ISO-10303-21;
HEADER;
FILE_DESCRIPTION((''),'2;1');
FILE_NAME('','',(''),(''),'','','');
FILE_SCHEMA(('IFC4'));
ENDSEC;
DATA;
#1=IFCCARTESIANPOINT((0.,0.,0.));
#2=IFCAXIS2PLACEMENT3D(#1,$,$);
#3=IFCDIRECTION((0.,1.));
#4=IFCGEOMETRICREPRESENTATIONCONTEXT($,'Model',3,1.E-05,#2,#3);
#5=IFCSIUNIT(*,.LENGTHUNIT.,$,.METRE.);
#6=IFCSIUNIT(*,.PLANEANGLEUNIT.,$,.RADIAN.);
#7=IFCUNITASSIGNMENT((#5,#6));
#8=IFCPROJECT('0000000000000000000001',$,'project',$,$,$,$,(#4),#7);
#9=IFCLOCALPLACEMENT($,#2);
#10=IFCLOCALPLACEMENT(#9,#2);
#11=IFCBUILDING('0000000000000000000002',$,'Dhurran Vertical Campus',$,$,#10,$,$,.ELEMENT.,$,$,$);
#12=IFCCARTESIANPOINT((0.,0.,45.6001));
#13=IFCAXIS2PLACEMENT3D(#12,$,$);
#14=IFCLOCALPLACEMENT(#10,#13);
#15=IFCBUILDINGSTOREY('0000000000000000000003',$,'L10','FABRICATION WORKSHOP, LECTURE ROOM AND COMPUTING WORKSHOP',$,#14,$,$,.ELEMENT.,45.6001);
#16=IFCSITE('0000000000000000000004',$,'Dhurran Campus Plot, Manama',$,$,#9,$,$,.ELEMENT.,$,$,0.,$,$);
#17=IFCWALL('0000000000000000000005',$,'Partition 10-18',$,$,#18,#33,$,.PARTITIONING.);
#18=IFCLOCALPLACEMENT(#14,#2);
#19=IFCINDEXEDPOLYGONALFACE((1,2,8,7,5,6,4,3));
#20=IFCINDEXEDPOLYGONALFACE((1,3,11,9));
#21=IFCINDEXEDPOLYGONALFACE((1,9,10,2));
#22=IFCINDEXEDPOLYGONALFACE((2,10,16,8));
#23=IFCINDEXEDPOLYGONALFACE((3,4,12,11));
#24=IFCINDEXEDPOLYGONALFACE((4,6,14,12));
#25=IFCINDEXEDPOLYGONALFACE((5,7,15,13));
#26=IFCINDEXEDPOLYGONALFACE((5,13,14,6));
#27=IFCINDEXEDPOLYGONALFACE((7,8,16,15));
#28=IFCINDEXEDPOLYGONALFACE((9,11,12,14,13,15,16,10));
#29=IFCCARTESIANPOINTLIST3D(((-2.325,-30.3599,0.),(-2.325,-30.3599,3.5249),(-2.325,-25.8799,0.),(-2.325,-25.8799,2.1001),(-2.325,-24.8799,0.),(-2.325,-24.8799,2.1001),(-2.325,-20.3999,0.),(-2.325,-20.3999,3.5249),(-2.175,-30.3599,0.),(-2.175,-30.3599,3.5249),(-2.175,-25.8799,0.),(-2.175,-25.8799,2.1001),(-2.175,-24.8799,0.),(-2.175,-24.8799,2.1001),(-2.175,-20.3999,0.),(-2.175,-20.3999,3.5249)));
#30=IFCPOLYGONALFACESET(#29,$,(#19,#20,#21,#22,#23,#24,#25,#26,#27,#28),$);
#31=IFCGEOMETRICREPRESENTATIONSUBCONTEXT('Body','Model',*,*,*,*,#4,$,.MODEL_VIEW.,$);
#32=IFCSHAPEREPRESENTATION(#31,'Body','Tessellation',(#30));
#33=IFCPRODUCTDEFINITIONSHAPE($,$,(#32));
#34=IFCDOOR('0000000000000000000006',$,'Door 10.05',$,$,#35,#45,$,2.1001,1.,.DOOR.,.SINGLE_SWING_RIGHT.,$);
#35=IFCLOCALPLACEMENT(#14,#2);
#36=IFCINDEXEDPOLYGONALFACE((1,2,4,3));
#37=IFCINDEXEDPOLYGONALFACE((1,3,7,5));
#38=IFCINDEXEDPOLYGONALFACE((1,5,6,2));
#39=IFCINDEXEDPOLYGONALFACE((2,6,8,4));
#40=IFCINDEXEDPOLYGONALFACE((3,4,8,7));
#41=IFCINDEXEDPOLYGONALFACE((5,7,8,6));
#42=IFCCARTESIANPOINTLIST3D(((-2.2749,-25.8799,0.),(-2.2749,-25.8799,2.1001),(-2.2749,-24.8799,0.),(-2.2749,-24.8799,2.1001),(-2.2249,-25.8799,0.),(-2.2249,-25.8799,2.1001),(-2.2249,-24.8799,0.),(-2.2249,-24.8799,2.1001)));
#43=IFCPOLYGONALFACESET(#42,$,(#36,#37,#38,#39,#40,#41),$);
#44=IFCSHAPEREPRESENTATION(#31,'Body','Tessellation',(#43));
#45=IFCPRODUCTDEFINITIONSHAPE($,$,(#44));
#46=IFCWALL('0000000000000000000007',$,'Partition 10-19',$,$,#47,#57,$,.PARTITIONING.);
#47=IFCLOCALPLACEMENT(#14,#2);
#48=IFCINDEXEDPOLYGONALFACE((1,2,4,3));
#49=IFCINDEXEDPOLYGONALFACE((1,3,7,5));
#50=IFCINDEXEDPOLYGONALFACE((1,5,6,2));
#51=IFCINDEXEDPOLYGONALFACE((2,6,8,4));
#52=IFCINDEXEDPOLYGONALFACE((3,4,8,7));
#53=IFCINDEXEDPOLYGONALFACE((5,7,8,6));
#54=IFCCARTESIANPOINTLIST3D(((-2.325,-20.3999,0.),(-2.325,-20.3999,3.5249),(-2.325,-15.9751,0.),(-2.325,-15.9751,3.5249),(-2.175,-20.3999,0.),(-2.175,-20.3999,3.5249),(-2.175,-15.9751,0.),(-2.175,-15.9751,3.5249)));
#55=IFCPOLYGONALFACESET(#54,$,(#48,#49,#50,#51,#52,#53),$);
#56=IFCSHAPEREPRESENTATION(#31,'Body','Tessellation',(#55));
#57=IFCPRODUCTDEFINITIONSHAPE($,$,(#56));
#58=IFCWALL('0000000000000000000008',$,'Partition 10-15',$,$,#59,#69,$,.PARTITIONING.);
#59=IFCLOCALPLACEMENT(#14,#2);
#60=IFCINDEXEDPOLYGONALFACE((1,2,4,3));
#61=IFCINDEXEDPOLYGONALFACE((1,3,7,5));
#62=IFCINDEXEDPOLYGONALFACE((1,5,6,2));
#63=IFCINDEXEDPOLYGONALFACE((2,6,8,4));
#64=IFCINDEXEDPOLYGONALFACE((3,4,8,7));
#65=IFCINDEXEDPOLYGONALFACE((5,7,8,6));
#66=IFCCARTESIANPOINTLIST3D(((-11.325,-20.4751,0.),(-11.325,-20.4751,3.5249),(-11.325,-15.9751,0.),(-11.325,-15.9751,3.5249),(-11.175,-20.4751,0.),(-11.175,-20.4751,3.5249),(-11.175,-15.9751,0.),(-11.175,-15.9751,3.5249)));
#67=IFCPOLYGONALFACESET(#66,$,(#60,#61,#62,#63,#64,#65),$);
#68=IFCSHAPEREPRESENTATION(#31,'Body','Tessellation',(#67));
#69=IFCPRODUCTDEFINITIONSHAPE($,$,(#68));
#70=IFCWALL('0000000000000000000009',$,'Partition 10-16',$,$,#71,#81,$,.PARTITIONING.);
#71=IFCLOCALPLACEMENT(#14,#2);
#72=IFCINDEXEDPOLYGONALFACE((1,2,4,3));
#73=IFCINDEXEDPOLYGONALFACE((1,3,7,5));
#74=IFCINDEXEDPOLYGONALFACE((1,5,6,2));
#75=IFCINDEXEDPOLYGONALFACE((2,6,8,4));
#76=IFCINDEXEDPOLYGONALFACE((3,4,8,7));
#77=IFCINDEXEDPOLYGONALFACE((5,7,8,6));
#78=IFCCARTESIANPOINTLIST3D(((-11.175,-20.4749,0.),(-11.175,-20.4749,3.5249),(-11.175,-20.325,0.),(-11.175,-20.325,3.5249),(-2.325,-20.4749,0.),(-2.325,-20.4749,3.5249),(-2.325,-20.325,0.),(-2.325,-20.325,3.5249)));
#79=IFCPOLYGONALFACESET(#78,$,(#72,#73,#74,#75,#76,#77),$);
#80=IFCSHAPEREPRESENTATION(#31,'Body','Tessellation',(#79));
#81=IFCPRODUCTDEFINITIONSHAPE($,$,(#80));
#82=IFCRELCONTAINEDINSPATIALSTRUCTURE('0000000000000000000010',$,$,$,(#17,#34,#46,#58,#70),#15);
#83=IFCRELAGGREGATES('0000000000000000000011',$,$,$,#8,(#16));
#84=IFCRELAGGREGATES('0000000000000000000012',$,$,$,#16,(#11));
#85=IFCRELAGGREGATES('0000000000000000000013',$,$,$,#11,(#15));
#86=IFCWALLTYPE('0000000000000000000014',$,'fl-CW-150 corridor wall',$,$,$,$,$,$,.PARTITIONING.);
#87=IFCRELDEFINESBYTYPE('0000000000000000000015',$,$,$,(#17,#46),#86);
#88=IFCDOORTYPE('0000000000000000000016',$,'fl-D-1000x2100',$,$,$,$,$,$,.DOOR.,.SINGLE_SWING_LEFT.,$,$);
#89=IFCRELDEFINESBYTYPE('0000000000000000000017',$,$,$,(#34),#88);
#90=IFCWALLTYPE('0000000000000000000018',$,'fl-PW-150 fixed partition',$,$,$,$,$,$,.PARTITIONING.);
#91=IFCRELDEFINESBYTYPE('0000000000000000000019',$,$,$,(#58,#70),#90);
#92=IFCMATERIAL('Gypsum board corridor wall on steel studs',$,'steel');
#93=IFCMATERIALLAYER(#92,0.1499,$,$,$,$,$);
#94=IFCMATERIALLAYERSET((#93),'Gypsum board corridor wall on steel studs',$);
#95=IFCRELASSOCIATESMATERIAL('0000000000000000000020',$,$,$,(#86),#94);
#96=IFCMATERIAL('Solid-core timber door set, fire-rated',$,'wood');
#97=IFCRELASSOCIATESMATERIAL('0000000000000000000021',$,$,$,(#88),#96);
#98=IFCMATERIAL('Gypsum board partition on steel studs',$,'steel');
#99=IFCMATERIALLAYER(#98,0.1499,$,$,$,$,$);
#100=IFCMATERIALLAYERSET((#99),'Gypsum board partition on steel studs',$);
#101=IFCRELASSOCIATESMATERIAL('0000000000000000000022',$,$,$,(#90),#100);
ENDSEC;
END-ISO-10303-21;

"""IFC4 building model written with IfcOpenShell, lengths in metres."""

from ifc_helpers import new_model, si_unit, direction, frame, frame_2d, origin, place, context, subcontext, project, spatial, rectangle, extrude, material, layer, layer_set, type_object, element, fill, save


model = new_model("IFC4")

# Units and contexts
model_context = context("Model", 3, precision=1e-05, world=origin(), true_north=direction((0.0, 1.0)))
body_context = subcontext(model_context, "Body", "Model", "MODEL_VIEW")
ifc_project = project(units=[si_unit("LENGTHUNIT", "METRE"), si_unit("PLANEANGLEUNIT", "RADIAN")], contexts=[model_context])

# Site, building, storey
site_placement = place(None, origin())
site = spatial("IfcSite", under=ifc_project, at=site_placement, Name="Dhurran Campus Plot, Manama", CompositionType="ELEMENT", RefElevation=0.0)
building_placement = place(site_placement, origin())
building = spatial("IfcBuilding", under=site, at=building_placement, Name="Dhurran Vertical Campus", CompositionType="ELEMENT")
storey_placement = place(building_placement, frame((0.0, 0.0, 45.6001)))
storey = spatial("IfcBuildingStorey", under=building, at=storey_placement, Name="L10", Description="FABRICATION WORKSHOP, LECTURE ROOM AND COMPUTING WORKSHOP", CompositionType="ELEMENT", Elevation=45.6001)

# Wall, opening, door
ifc_material_1 = material(Name="Gypsum board corridor wall on steel studs", Category="steel")
ifc_layer_1 = layer(ifc_material_1, 0.1499)
ifc_layer_set_1 = layer_set([ifc_layer_1], Name="Gypsum board corridor wall on steel studs")
wall_type_1 = type_object("IfcWallType", Name="fl-CW-150 corridor wall", PredefinedType="PARTITIONING", material=ifc_layer_set_1)
ifc_material_2 = material(Name="Solid-core timber door set, fire-rated", Category="wood")
door_type_1 = type_object("IfcDoorType", Name="fl-D-1000x2100", OperationType="SINGLE_SWING_LEFT", PredefinedType="DOOR", material=ifc_material_2)
wall_1_placement = place(storey_placement, frame((-2.25, -30.3599, 0.0), z_axis=(0.0, 0.0, 1.0), x_axis=(0.0, 1.0, 0.0)))
wall_1 = element("IfcWall", 1, at=wall_1_placement, inside=storey, type_object=wall_type_1, Name="Partition 10-18", PredefinedType="PARTITIONING", context=body_context, shape_type="SweptSolid", body=[
    extrude(rectangle(XDim=9.96, YDim=0.1499, at=frame_2d((4.98, 0.0))), origin(), (0.0, 0.0, 1.0), 3.5249),
])
opening_1_placement = place(wall_1_placement, frame((4.48, 0.0, 0.0)))
opening_1 = element("IfcOpeningElement", 2, at=opening_1_placement, cuts=wall_1, PredefinedType="OPENING", context=body_context, shape_type="SweptSolid", body=[
    extrude(rectangle(XDim=1.0, YDim=2.1001, at=frame_2d((0.5, 1.05))), frame((0.0, 0.085, 0.0), z_axis=(0.0, -1.0, 0.0), x_axis=(1.0, 0.0, 0.0)), (0.0, 0.0, 1.0), 0.1699),
])
door_1_placement = place(opening_1_placement, origin())
door_1 = element("IfcDoor", 3, at=door_1_placement, inside=storey, type_object=door_type_1, Name="Door 10.05", OperationType="SINGLE_SWING_RIGHT", OverallHeight=2.1001, OverallWidth=1.0, PredefinedType="DOOR", context=body_context, shape_type="SweptSolid", body=[
    extrude(rectangle(XDim=1.0, YDim=2.1001, at=frame_2d((0.5, 1.05))), frame((0.0, 0.0249, 0.0), z_axis=(0.0, -1.0, 0.0), x_axis=(1.0, 0.0, 0.0)), (0.0, 0.0, 1.0), 0.05),
])
fill(opening_1, door_1)

# Walls
wall_2_placement = place(storey_placement, frame((-2.25, -20.3999, 0.0), z_axis=(0.0, 0.0, 1.0), x_axis=(0.0, 1.0, 0.0)))
element("IfcWall", 4, at=wall_2_placement, inside=storey, type_object=wall_type_1, Name="Partition 10-19", PredefinedType="PARTITIONING", context=body_context, shape_type="SweptSolid", body=[
    extrude(rectangle(XDim=4.4248, YDim=0.1499, at=frame_2d((2.2124, 0.0))), origin(), (0.0, 0.0, 1.0), 3.5249),
])
ifc_material_3 = material(Name="Gypsum board partition on steel studs", Category="steel")
ifc_layer_2 = layer(ifc_material_3, 0.1499)
ifc_layer_set_2 = layer_set([ifc_layer_2], Name="Gypsum board partition on steel studs")
wall_type_2 = type_object("IfcWallType", Name="fl-PW-150 fixed partition", PredefinedType="PARTITIONING", material=ifc_layer_set_2)
wall_3_placement = place(storey_placement, frame((-11.25, -15.9751, 0.0), z_axis=(0.0, 0.0, 1.0), x_axis=(0.0, -1.0, 0.0)))
element("IfcWall", 5, at=wall_3_placement, inside=storey, type_object=wall_type_2, Name="Partition 10-15", PredefinedType="PARTITIONING", context=body_context, shape_type="SweptSolid", body=[
    extrude(rectangle(XDim=4.5, YDim=0.1499, at=frame_2d((2.25, 0.0))), origin(), (0.0, 0.0, 1.0), 3.5249),
])
wall_4_placement = place(storey_placement, frame((-11.175, -20.3999, 0.0), z_axis=(0.0, 0.0, 1.0), x_axis=(1.0, 0.0, 0.0)))
element("IfcWall", 6, at=wall_4_placement, inside=storey, type_object=wall_type_2, Name="Partition 10-16", PredefinedType="PARTITIONING", context=body_context, shape_type="SweptSolid", body=[
    extrude(rectangle(XDim=8.8501, YDim=0.1499, at=frame_2d((4.425, 0.0))), origin(), (0.0, 0.0, 1.0), 3.5249),
])

save(model, "model.ifc")
